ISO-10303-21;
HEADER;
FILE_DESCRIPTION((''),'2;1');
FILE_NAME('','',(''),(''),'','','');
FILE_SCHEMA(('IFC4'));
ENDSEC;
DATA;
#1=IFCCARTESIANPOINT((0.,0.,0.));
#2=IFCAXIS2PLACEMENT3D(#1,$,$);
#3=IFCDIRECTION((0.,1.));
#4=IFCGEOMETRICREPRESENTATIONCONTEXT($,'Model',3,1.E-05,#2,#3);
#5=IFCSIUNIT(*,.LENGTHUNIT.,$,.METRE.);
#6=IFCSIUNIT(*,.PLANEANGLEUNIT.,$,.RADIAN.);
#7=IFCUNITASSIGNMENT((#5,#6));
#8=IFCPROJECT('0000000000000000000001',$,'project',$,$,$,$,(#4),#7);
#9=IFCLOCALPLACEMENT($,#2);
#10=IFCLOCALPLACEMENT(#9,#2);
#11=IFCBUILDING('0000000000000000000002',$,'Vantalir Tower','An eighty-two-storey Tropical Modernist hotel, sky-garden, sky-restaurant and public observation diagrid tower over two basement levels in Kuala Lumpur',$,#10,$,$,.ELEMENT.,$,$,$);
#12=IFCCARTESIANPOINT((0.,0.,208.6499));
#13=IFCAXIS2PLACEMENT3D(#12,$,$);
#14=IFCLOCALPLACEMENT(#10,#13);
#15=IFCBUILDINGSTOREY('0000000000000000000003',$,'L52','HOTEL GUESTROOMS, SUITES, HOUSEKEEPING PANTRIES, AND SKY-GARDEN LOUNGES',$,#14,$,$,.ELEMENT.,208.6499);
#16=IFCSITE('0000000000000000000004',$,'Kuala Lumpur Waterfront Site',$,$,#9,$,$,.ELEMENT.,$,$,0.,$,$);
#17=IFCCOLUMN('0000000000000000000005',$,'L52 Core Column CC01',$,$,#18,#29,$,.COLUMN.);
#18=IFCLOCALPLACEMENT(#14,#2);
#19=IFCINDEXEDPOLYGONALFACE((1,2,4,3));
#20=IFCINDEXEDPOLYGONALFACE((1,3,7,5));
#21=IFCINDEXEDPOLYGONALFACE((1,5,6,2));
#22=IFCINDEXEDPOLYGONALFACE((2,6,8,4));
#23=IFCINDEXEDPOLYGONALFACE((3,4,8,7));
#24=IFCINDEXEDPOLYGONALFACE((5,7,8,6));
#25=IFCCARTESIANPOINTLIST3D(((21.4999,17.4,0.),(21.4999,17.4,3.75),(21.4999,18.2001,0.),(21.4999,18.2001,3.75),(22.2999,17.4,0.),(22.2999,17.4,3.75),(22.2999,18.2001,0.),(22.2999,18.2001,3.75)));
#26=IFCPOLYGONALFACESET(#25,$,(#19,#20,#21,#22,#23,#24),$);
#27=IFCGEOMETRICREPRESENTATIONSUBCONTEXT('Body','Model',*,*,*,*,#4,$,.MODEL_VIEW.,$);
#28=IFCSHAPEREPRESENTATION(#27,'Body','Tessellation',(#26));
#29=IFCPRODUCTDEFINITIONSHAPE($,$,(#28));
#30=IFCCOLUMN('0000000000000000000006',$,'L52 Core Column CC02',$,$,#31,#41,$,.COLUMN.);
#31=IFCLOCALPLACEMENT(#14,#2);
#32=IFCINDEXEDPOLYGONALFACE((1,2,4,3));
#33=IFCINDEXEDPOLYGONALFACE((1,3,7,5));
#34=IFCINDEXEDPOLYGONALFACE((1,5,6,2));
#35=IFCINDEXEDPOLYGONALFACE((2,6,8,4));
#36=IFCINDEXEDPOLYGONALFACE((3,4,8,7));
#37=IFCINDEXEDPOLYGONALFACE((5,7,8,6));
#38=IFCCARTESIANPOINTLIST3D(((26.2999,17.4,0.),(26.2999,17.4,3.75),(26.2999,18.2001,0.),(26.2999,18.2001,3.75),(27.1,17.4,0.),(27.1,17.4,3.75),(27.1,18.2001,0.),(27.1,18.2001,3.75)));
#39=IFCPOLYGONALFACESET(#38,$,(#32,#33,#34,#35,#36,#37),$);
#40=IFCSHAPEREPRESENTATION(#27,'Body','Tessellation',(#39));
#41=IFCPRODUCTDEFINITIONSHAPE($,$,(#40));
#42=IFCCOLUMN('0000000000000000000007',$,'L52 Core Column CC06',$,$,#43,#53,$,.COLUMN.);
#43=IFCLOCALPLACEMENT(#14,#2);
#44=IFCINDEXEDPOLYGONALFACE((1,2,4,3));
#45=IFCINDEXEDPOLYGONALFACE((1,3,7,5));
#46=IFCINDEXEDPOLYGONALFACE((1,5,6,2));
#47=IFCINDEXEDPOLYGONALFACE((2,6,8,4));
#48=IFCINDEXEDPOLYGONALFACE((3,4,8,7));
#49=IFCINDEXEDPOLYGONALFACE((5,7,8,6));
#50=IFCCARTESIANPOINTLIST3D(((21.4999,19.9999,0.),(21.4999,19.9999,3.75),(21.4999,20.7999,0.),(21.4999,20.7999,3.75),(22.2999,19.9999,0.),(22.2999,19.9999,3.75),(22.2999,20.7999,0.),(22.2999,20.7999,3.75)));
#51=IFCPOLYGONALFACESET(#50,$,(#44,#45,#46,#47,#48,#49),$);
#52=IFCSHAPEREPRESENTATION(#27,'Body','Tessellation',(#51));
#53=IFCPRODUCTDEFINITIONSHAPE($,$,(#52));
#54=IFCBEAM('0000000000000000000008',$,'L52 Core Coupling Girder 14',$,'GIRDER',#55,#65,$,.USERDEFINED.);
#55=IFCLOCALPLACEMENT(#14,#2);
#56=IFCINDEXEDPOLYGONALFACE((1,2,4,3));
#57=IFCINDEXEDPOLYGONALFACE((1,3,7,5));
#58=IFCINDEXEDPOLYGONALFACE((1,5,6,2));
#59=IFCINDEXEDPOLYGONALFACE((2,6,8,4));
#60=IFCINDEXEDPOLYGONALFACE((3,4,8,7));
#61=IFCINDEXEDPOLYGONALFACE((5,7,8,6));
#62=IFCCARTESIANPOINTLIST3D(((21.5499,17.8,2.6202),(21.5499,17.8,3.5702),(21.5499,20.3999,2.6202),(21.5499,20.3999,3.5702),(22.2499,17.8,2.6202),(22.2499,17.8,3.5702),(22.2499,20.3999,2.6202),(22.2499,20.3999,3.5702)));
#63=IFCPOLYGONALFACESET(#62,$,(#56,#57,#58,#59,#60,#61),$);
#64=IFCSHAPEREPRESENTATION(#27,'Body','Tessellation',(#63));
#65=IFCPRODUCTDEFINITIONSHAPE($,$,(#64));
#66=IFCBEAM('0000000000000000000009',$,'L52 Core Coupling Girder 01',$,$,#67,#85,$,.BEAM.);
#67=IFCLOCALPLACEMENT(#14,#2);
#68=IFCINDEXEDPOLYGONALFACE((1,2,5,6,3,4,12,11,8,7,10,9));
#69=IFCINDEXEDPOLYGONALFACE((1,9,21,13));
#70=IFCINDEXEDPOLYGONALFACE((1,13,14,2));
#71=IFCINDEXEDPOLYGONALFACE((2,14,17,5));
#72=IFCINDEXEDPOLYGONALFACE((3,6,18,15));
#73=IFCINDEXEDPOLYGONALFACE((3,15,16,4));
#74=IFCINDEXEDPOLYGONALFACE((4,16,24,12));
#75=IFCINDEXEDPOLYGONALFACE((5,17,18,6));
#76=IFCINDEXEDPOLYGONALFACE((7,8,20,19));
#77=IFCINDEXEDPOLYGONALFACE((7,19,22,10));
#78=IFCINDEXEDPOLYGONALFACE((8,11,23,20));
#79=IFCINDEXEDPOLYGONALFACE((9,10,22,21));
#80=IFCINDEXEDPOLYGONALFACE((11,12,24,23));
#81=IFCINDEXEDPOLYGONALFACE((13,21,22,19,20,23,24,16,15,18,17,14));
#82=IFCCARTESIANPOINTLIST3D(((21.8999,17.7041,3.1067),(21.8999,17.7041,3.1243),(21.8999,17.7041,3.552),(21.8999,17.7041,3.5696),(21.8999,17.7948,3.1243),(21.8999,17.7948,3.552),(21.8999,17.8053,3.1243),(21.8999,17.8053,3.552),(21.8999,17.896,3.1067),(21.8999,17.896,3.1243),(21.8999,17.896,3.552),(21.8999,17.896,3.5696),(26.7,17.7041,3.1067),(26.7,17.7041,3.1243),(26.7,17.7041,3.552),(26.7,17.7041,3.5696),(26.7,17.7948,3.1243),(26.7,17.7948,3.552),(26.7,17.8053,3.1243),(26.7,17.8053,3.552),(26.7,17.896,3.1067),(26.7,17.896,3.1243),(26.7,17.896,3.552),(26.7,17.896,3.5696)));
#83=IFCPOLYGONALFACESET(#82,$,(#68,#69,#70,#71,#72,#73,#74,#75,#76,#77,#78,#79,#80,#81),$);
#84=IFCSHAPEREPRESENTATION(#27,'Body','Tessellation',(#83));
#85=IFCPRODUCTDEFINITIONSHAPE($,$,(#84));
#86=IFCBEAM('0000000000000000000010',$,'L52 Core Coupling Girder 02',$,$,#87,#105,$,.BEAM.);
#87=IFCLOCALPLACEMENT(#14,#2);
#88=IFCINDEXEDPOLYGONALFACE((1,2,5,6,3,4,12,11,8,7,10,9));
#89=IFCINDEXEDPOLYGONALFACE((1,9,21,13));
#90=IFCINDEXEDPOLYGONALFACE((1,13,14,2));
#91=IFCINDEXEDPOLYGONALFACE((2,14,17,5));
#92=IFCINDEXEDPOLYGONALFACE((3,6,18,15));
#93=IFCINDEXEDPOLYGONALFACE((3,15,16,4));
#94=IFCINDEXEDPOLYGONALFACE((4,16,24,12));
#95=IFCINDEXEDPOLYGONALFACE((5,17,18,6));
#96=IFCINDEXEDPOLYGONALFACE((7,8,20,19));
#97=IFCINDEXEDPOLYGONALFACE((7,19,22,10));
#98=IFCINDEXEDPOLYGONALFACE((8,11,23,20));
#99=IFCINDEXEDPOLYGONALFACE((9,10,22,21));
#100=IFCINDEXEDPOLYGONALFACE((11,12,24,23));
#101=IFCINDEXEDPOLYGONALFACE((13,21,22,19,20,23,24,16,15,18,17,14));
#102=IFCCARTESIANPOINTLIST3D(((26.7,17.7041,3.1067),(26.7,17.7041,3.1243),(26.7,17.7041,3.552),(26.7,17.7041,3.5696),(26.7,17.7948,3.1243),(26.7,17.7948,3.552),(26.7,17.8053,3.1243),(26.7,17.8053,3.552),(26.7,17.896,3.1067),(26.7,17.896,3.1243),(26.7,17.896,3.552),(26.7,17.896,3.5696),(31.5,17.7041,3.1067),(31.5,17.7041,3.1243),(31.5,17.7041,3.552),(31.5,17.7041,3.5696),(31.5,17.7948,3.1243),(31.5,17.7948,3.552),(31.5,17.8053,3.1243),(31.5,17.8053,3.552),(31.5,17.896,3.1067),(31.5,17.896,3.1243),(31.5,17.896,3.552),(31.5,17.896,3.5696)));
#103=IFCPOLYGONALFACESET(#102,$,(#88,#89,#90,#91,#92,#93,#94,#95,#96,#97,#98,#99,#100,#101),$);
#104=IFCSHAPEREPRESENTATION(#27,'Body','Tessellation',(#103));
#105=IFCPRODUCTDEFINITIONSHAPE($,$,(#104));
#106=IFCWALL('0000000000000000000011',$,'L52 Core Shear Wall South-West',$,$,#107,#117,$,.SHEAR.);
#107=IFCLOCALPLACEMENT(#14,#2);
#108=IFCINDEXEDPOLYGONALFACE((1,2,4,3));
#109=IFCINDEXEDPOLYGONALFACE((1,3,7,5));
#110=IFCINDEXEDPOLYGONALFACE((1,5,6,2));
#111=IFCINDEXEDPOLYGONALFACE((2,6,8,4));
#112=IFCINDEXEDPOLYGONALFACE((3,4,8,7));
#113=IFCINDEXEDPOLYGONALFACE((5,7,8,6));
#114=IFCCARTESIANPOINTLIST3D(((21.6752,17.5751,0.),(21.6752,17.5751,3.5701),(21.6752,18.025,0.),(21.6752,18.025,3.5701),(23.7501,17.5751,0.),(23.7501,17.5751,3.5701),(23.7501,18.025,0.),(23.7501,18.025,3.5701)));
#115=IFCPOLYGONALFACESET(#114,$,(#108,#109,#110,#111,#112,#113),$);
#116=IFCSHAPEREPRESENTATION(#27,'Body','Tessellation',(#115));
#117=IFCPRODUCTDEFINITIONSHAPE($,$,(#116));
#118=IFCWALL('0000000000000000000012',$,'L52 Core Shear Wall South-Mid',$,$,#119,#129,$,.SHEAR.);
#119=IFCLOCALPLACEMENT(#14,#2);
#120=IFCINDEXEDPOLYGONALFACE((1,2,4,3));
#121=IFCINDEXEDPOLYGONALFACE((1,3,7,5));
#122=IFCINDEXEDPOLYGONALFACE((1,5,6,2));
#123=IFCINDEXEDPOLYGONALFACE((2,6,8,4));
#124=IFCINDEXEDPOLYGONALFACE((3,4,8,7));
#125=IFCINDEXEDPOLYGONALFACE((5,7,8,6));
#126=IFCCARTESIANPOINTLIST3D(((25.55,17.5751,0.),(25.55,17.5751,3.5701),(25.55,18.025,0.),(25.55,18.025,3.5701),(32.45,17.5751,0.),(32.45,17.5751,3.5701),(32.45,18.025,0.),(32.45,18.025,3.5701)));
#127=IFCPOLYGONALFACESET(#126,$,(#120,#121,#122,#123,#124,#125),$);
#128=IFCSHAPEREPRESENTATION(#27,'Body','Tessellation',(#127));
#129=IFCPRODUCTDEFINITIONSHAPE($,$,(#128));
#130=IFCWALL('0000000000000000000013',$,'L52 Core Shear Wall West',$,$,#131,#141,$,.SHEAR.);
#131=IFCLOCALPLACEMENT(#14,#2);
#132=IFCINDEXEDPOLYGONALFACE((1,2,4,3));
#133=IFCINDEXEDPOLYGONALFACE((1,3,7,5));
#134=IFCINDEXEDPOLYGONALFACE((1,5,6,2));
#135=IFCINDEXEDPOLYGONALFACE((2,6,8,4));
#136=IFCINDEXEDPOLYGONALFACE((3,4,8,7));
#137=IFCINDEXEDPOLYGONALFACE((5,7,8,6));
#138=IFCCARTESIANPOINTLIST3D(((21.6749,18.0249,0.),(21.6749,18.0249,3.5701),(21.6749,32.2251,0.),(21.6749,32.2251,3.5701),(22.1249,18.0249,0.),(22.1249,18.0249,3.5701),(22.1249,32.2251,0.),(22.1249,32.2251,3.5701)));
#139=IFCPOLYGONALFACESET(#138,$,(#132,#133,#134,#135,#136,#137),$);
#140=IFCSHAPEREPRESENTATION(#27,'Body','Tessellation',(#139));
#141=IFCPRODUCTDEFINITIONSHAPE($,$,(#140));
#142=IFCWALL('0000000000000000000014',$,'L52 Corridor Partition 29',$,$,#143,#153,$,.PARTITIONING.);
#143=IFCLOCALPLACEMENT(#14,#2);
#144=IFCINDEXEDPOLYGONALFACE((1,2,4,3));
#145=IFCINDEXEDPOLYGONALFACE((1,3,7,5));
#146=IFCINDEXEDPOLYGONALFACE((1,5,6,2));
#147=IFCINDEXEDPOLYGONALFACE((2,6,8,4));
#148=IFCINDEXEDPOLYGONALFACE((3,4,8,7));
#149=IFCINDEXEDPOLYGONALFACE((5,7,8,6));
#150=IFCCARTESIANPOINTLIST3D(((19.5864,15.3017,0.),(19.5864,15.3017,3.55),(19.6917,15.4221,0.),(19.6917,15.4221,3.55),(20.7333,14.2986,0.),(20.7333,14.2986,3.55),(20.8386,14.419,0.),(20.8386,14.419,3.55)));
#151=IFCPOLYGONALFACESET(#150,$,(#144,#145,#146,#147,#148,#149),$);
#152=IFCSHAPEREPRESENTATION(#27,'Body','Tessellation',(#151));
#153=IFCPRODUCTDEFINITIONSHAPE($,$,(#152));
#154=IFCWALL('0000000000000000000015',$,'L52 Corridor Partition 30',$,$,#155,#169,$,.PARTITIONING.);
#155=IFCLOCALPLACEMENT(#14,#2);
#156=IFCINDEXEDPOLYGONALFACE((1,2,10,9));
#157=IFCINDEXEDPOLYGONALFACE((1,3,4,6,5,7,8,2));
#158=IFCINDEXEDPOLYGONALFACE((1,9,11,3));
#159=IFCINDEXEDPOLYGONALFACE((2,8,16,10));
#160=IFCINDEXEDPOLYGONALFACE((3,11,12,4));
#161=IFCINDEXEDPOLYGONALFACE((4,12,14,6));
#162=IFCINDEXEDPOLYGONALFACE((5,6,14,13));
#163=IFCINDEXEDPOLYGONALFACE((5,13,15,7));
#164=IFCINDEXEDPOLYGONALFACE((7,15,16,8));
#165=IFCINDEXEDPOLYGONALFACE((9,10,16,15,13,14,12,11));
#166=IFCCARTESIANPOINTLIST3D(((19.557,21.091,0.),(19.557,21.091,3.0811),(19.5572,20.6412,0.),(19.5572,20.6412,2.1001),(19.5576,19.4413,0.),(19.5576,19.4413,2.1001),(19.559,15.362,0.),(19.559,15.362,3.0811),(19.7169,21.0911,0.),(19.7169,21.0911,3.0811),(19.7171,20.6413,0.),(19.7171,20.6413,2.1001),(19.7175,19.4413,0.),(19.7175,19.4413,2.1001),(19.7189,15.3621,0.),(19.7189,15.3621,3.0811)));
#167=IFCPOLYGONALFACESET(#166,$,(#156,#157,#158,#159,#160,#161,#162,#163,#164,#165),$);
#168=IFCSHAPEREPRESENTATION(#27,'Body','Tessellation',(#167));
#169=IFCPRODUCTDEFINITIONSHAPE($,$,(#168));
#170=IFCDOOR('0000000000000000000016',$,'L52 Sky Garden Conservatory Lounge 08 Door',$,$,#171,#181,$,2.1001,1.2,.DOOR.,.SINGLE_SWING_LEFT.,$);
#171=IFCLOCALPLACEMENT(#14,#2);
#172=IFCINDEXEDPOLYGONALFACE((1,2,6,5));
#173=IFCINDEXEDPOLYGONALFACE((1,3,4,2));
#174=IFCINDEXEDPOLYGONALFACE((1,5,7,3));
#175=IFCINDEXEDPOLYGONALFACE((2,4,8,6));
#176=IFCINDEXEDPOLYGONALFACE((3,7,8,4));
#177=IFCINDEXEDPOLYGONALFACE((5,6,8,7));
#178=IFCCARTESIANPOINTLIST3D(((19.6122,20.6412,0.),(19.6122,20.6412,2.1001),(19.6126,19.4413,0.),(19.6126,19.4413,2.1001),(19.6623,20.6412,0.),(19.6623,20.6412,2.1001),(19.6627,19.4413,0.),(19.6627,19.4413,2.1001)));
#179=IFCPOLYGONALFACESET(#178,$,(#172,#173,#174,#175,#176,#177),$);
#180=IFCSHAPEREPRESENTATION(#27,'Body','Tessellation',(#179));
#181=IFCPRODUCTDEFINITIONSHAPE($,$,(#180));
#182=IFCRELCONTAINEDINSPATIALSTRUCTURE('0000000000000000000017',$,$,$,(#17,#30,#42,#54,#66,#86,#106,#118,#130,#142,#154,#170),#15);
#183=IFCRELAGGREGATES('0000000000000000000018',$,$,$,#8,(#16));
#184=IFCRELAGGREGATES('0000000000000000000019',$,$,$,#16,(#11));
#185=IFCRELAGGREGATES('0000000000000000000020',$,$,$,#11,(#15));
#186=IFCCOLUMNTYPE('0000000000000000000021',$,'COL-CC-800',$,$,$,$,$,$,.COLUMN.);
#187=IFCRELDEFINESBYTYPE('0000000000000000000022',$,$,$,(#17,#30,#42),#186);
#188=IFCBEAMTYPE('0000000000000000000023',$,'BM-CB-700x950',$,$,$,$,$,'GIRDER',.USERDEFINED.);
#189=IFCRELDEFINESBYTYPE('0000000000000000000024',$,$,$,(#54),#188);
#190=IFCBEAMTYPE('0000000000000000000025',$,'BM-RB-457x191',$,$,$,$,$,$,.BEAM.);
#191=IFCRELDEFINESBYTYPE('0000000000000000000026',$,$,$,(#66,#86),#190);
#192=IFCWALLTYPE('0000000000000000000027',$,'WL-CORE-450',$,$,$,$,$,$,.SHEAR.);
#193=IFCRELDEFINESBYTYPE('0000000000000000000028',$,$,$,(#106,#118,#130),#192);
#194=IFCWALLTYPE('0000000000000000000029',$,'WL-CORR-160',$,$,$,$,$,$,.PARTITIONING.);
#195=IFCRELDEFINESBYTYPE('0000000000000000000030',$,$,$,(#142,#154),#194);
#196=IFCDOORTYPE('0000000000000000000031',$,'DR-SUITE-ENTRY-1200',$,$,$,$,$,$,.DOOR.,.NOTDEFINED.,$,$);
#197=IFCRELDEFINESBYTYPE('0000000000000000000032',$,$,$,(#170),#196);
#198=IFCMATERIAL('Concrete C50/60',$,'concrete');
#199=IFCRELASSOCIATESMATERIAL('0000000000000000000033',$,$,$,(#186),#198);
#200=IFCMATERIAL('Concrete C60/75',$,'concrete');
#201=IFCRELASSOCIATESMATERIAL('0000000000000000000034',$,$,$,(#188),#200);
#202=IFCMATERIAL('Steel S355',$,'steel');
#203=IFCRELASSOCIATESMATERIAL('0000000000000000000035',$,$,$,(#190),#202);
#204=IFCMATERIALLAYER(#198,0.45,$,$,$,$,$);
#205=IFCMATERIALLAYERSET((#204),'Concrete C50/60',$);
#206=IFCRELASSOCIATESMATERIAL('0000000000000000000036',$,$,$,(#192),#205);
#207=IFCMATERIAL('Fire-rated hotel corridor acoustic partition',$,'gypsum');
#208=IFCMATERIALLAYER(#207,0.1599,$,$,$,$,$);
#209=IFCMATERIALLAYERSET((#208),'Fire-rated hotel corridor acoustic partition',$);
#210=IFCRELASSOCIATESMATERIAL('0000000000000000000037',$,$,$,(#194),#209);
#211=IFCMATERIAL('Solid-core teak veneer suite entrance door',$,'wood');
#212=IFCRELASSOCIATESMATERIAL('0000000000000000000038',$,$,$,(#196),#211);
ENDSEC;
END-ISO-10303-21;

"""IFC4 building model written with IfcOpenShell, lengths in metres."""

from ifc_helpers import new_model, si_unit, direction, frame, frame_2d, origin, origin_2d, place, context, subcontext, project, spatial, rectangle, i_section, extrude, material, layer, layer_set, material_profile, profile_set, type_object, element, fill, save


model = new_model("IFC4")

# Units and contexts
model_context = context("Model", 3, precision=1e-05, world=origin(), true_north=direction((0.0, 1.0)))
body_context = subcontext(model_context, "Body", "Model", "MODEL_VIEW")
ifc_project = project(units=[si_unit("LENGTHUNIT", "METRE"), si_unit("PLANEANGLEUNIT", "RADIAN")], contexts=[model_context])

# Site, building, storey
site_placement = place(None, origin())
site = spatial("IfcSite", under=ifc_project, at=site_placement, Name="Kuala Lumpur Waterfront Site", CompositionType="ELEMENT", RefElevation=0.0)
building_placement = place(site_placement, origin())
building = spatial("IfcBuilding", under=site, at=building_placement, Name="Vantalir Tower", Description="An eighty-two-storey Tropical Modernist hotel, sky-garden, sky-restaurant and public observation diagrid tower over two basement levels in Kuala Lumpur", CompositionType="ELEMENT")
storey_placement = place(building_placement, frame((0.0, 0.0, 208.6499)))
storey = spatial("IfcBuildingStorey", under=building, at=storey_placement, Name="L52", Description="HOTEL GUESTROOMS, SUITES, HOUSEKEEPING PANTRIES, AND SKY-GARDEN LOUNGES", CompositionType="ELEMENT", Elevation=208.6499)

# Columns
ifc_material_1 = material(Name="Concrete C50/60", Category="concrete")
ifc_material_profile_1 = material_profile(ifc_material_1, rectangle(XDim=0.8, YDim=0.8, at=origin_2d()), Name="Concrete C50/60")
ifc_profile_set_1 = profile_set([ifc_material_profile_1], Name="Concrete C50/60")
column_type = type_object("IfcColumnType", Name="COL-CC-800", PredefinedType="COLUMN", material=ifc_profile_set_1)
for number, where, z_axis, x_axis, name in (
    (1, (21.8999, 17.8, 0.0), (0.0, 0.0, 1.0), (1.0, 0.0, 0.0), "L52 Core Column CC01"),
    (2, (26.7, 17.8, 0.0), (0.0, 0.0, 1.0), (1.0, 0.0, 0.0), "L52 Core Column CC02"),
    (3, (21.8999, 20.3999, 0.0), (0.0, 0.0, 1.0), (1.0, 0.0, 0.0), "L52 Core Column CC06"),
):
    element("IfcColumn", number, at=place(storey_placement, frame(where, z_axis=z_axis, x_axis=x_axis)), inside=storey, type_object=column_type, Name=name, PredefinedType="COLUMN", context=body_context, shape_type="SweptSolid", body=[
        extrude(rectangle(XDim=0.8, YDim=0.8, at=origin_2d()), origin(), (0.0, 0.0, 1.0), 3.75),
    ])

# Beams
ifc_material_2 = material(Name="Concrete C60/75", Category="concrete")
ifc_material_profile_2 = material_profile(ifc_material_2, rectangle(XDim=0.7, YDim=0.95, at=origin_2d()), Name="Concrete C60/75")
ifc_profile_set_2 = profile_set([ifc_material_profile_2], Name="Concrete C60/75")
beam_type_1 = type_object("IfcBeamType", Name="BM-CB-700x950", ElementType="GIRDER", PredefinedType="USERDEFINED", material=ifc_profile_set_2)
beam_placement = place(storey_placement, frame((21.8999, 20.3999, 3.0952), z_axis=(0.0, -1.0, 0.0), x_axis=(1.0, 0.0, 0.0)))
element("IfcBeam", 4, at=beam_placement, inside=storey, type_object=beam_type_1, Name="L52 Core Coupling Girder 14", ObjectType="GIRDER", PredefinedType="USERDEFINED", context=body_context, shape_type="SweptSolid", body=[
    extrude(rectangle(XDim=0.7, YDim=0.95, at=origin_2d()), origin(), (0.0, 0.0, 1.0), 2.5999),
])
ifc_material_3 = material(Name="Steel S355", Category="steel")
ifc_material_profile_3 = material_profile(ifc_material_3, i_section(OverallWidth=0.1919, OverallDepth=0.4629, WebThickness=0.0105, FlangeThickness=0.0176, at=origin_2d()), Name="Steel S355")
ifc_profile_set_3 = profile_set([ifc_material_profile_3], Name="Steel S355")
beam_type_2 = type_object("IfcBeamType", Name="BM-RB-457x191", PredefinedType="BEAM", material=ifc_profile_set_3)
for number, where, z_axis, x_axis, name in (
    (5, (21.8999, 17.8, 3.3381), (1.0, 0.0, 0.0), (0.0, 1.0, 0.0), "L52 Core Coupling Girder 01"),
    (6, (26.7, 17.8, 3.3381), (1.0, 0.0, 0.0), (0.0, 1.0, 0.0), "L52 Core Coupling Girder 02"),
):
    element("IfcBeam", number, at=place(storey_placement, frame(where, z_axis=z_axis, x_axis=x_axis)), inside=storey, type_object=beam_type_2, Name=name, PredefinedType="BEAM", context=body_context, shape_type="SweptSolid", body=[
        extrude(i_section(OverallWidth=0.1919, OverallDepth=0.4629, WebThickness=0.0105, FlangeThickness=0.0176, at=origin_2d()), origin(), (0.0, 0.0, 1.0), 4.8),
    ])

# Walls
ifc_layer_1 = layer(ifc_material_1, 0.45)
ifc_layer_set_1 = layer_set([ifc_layer_1], Name="Concrete C50/60")
wall_type_1 = type_object("IfcWallType", Name="WL-CORE-450", PredefinedType="SHEAR", material=ifc_layer_set_1)
wall_1_placement = place(storey_placement, frame((21.675, 17.8, 0.0), z_axis=(0.0, 0.0, 1.0), x_axis=(1.0, 0.0, 0.0)))
element("IfcWall", 7, at=wall_1_placement, inside=storey, type_object=wall_type_1, Name="L52 Core Shear Wall South-West", PredefinedType="SHEAR", context=body_context, shape_type="SweptSolid", body=[
    extrude(rectangle(XDim=2.075, YDim=0.45, at=frame_2d((1.0376, 0.0))), origin(), (0.0, 0.0, 1.0), 3.5701),
])
wall_2_placement = place(storey_placement, frame((25.55, 17.8, 0.0), z_axis=(0.0, 0.0, 1.0), x_axis=(1.0, 0.0, 0.0)))
element("IfcWall", 8, at=wall_2_placement, inside=storey, type_object=wall_type_1, Name="L52 Core Shear Wall South-Mid", PredefinedType="SHEAR", context=body_context, shape_type="SweptSolid", body=[
    extrude(rectangle(XDim=6.8999, YDim=0.45, at=frame_2d((3.45, 0.0))), origin(), (0.0, 0.0, 1.0), 3.5701),
])
wall_3_placement = place(storey_placement, frame((21.8999, 18.0249, 0.0), z_axis=(0.0, 0.0, 1.0), x_axis=(0.0, 1.0, 0.0)))
element("IfcWall", 9, at=wall_3_placement, inside=storey, type_object=wall_type_1, Name="L52 Core Shear Wall West", PredefinedType="SHEAR", context=body_context, shape_type="SweptSolid", body=[
    extrude(rectangle(XDim=14.2002, YDim=0.45, at=frame_2d((7.1001, 0.0))), origin(), (0.0, 0.0, 1.0), 3.5701),
])
ifc_material_4 = material(Name="Fire-rated hotel corridor acoustic partition", Category="gypsum")
ifc_layer_2 = layer(ifc_material_4, 0.1599)
ifc_layer_set_2 = layer_set([ifc_layer_2], Name="Fire-rated hotel corridor acoustic partition")
wall_type_2 = type_object("IfcWallType", Name="WL-CORR-160", PredefinedType="PARTITIONING", material=ifc_layer_set_2)
wall_4_placement = place(storey_placement, frame((20.7859, 14.3589, 0.0), z_axis=(0.0, 0.0, 1.0), x_axis=(-0.752716, 0.658346, 0.0)))
element("IfcWall", 10, at=wall_4_placement, inside=storey, type_object=wall_type_2, Name="L52 Corridor Partition 29", PredefinedType="PARTITIONING", context=body_context, shape_type="SweptSolid", body=[
    extrude(rectangle(XDim=1.5237, YDim=0.1599, at=frame_2d((0.7617, 0.0))), origin(), (0.0, 0.0, 1.0), 3.55),
])

# Wall, opening, door
wall_5_placement = place(storey_placement, frame((19.6389, 15.3621, 0.0), z_axis=(0.0, 0.0, 1.0), x_axis=(-0.000341, 1.0, 0.0)))
wall_5 = element("IfcWall", 11, at=wall_5_placement, inside=storey, type_object=wall_type_2, Name="L52 Corridor Partition 30", PredefinedType="PARTITIONING", context=body_context, shape_type="SweptSolid", body=[
    extrude(rectangle(XDim=5.729, YDim=0.1599, at=frame_2d((2.8645, 0.0))), origin(), (0.0, 0.0, 1.0), 3.0811),
])
opening_1_placement = place(wall_5_placement, frame((4.0791, 0.0, 0.0)))
opening_1 = element("IfcOpeningElement", 12, at=opening_1_placement, cuts=wall_5, PredefinedType="OPENING", context=body_context, shape_type="SweptSolid", body=[
    extrude(rectangle(XDim=1.2, YDim=2.1001, at=frame_2d((0.6001, 1.05))), frame((0.0, 0.0898, 0.0), z_axis=(0.0, -1.0, 0.0), x_axis=(1.0, 0.0, 0.0)), (0.0, 0.0, 1.0), 0.1799),
])
ifc_material_5 = material(Name="Solid-core teak veneer suite entrance door", Category="wood")
door_type_1 = type_object("IfcDoorType", Name="DR-SUITE-ENTRY-1200", OperationType="NOTDEFINED", PredefinedType="DOOR", material=ifc_material_5)
door_1_placement = place(opening_1_placement, origin())
door_1 = element("IfcDoor", 13, at=door_1_placement, inside=storey, type_object=door_type_1, Name="L52 Sky Garden Conservatory Lounge 08 Door", OperationType="SINGLE_SWING_LEFT", OverallHeight=2.1001, OverallWidth=1.2, PredefinedType="DOOR", context=body_context, shape_type="SweptSolid", body=[
    extrude(rectangle(XDim=1.2, YDim=2.1001, at=frame_2d((0.6001, 1.05))), frame((0.0, 0.0249, 0.0), z_axis=(0.0, -1.0, 0.0), x_axis=(1.0, 0.0, 0.0)), (0.0, 0.0, 1.0), 0.05),
])
fill(opening_1, door_1)

save(model, "model.ifc")
